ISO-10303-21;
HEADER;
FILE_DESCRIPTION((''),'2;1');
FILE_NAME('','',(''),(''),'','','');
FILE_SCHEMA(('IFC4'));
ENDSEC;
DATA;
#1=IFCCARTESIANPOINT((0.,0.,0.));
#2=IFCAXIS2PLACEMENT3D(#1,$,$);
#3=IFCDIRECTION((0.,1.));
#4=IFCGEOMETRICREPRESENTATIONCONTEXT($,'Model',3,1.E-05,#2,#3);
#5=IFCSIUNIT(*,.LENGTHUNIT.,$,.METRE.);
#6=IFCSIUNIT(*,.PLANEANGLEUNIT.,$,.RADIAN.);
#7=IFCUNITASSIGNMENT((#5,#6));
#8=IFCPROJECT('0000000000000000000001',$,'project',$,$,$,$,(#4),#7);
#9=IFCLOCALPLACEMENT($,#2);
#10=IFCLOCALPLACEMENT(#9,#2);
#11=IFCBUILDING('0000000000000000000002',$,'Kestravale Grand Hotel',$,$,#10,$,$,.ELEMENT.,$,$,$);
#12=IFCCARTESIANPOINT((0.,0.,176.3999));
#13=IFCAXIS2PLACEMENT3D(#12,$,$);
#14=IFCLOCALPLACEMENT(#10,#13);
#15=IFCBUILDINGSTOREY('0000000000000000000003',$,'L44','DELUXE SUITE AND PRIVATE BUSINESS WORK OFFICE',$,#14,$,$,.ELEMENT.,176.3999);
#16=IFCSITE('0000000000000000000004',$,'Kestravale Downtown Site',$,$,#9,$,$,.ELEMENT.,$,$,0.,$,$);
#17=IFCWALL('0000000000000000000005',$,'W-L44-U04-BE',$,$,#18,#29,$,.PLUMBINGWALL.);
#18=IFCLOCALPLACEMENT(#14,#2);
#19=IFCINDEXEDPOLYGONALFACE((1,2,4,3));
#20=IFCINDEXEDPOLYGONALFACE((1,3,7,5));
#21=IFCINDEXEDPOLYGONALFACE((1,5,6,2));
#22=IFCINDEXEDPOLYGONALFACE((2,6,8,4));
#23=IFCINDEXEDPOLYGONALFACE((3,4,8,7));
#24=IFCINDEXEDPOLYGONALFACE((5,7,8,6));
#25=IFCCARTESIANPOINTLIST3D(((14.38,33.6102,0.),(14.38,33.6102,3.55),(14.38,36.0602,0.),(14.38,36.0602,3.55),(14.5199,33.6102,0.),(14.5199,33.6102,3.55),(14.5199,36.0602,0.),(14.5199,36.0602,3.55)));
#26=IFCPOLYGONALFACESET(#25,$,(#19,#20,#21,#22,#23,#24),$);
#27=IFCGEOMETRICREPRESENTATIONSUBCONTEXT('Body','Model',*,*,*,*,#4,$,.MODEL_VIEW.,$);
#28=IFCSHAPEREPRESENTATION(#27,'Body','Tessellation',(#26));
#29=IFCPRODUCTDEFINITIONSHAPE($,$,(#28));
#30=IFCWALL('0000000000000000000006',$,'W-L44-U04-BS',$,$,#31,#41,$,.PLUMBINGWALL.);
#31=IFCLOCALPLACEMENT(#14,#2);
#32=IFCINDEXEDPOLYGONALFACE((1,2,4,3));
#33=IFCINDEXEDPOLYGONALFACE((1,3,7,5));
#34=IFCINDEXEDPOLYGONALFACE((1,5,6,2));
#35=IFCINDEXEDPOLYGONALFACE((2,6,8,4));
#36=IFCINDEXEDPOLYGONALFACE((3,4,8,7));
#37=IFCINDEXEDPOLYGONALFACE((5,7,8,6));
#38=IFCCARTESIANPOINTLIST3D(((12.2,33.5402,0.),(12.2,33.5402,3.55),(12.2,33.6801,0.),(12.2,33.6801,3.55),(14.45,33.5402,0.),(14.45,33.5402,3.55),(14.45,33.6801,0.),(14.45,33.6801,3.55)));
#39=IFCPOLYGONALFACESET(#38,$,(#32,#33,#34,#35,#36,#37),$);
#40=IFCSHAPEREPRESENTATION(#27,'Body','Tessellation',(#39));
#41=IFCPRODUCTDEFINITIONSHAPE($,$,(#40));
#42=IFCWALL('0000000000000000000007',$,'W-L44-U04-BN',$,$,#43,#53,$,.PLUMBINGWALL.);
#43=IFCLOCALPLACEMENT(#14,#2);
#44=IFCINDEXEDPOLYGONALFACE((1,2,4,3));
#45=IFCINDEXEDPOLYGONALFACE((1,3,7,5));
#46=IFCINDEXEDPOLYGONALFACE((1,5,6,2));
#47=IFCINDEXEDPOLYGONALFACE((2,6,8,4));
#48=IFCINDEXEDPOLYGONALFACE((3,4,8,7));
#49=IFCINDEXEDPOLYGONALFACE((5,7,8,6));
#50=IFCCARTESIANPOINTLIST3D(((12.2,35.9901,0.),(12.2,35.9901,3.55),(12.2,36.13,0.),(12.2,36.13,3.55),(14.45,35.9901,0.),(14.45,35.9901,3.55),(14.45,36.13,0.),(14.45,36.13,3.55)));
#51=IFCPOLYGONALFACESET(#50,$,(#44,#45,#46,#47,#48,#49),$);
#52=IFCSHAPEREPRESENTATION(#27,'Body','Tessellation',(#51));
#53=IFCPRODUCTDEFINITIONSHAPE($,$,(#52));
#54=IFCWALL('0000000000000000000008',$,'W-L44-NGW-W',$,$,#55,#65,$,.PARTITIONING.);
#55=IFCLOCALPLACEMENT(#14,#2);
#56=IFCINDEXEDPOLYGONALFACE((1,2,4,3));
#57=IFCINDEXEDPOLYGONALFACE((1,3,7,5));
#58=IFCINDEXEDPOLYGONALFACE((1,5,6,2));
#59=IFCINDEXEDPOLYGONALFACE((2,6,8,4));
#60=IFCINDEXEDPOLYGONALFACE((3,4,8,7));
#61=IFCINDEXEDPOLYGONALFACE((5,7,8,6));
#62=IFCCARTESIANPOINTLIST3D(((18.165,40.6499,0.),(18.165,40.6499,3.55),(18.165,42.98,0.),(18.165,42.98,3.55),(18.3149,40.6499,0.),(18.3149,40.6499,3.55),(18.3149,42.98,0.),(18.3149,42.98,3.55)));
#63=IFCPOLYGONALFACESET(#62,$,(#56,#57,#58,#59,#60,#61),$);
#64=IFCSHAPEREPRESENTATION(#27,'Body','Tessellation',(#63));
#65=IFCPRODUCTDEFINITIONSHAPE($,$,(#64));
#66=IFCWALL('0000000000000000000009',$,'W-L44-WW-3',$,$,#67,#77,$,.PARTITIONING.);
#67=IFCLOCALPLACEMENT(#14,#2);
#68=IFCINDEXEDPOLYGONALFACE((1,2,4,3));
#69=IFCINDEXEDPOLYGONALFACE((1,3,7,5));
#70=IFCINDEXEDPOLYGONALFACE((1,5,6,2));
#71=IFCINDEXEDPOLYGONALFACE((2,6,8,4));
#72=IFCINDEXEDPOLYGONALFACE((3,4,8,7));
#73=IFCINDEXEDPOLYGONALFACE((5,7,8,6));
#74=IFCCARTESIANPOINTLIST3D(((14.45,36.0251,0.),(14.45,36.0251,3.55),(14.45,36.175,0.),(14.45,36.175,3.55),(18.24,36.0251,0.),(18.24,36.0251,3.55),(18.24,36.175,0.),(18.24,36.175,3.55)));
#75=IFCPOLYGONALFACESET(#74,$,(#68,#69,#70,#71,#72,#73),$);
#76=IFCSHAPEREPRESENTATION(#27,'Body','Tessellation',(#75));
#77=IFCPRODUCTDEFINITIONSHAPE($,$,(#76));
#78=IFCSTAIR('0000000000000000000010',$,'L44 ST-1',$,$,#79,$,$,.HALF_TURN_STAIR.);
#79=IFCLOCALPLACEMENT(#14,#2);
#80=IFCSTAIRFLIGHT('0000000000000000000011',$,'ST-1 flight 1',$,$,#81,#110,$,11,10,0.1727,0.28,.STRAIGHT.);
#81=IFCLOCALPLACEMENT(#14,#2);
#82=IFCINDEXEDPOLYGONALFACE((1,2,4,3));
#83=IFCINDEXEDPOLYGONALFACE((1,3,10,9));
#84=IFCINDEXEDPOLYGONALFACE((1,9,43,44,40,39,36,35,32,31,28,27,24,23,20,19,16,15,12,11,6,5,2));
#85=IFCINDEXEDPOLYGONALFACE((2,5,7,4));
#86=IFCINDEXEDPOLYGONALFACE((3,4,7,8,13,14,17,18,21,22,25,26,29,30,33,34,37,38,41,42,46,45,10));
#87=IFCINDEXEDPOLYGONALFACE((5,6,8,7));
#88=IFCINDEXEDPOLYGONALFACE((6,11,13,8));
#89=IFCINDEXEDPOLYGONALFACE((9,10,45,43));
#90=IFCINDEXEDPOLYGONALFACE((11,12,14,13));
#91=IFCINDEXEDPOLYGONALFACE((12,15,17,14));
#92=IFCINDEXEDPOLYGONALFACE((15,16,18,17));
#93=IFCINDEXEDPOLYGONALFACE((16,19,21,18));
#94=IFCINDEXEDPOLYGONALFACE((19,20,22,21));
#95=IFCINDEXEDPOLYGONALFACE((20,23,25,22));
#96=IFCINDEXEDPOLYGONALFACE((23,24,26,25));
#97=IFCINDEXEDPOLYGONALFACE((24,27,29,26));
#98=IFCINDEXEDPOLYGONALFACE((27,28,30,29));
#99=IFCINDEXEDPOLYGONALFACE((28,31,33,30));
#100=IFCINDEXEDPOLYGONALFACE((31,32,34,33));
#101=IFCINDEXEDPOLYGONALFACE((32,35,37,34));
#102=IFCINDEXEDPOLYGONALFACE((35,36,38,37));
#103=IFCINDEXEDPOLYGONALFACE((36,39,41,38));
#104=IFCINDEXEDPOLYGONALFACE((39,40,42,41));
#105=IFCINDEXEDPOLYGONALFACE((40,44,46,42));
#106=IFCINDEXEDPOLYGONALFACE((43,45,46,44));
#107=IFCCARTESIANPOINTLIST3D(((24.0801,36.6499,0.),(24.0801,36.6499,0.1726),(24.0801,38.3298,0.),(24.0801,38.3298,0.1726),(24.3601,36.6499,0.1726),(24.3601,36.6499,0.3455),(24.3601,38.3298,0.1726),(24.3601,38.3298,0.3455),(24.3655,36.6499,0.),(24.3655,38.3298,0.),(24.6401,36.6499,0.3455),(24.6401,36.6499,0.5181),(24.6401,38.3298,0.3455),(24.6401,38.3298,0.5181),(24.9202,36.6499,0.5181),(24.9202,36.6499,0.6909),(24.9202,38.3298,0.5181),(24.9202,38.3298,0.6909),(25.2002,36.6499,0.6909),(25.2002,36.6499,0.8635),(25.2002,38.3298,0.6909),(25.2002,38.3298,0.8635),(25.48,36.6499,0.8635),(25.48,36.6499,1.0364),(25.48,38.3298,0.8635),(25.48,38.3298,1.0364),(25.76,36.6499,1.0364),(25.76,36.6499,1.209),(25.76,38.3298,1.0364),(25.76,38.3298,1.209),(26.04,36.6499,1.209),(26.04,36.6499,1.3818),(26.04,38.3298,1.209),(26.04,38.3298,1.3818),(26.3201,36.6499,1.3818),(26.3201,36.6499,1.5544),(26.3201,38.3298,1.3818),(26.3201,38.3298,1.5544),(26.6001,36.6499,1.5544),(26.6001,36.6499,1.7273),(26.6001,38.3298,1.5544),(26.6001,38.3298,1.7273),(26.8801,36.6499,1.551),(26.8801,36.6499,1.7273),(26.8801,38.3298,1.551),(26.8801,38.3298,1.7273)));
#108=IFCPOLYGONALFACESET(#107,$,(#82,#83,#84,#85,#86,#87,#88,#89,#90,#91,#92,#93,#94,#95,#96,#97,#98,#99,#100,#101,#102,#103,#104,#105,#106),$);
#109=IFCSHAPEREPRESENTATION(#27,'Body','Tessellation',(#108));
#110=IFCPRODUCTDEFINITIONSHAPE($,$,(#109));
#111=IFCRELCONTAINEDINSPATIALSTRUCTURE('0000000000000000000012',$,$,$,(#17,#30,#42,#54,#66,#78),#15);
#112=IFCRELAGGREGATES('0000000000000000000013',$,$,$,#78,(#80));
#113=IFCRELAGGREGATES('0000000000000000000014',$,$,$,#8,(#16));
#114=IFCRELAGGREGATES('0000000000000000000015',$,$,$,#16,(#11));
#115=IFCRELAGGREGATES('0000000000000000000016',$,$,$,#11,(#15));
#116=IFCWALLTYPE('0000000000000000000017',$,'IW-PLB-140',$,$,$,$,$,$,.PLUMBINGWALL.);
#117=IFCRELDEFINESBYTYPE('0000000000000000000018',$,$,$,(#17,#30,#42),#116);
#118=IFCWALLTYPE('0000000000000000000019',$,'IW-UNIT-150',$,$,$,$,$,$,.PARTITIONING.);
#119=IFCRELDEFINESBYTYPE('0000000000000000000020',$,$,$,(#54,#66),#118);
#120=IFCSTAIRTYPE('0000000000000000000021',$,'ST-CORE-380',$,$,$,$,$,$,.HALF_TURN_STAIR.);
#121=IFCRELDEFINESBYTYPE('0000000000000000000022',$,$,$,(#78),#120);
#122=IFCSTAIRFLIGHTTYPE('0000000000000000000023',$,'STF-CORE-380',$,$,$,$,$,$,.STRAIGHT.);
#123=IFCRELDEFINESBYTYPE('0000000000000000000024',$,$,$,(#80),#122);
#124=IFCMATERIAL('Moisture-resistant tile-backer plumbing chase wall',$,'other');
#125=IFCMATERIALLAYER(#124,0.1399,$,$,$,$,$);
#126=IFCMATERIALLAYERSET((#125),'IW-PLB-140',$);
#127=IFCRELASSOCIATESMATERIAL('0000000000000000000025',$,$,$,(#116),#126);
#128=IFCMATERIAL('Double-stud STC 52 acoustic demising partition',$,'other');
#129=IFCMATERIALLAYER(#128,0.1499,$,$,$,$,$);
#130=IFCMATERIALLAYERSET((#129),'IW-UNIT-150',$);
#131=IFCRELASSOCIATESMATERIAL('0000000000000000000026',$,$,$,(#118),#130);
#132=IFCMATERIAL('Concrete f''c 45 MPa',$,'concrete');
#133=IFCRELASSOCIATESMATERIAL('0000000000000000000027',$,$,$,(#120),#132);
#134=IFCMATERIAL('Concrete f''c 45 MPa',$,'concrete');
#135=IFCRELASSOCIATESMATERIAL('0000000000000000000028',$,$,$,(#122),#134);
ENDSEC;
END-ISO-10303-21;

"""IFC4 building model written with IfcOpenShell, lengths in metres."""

from ifc_helpers import new_model, si_unit, direction, frame, frame_2d, origin, place, context, subcontext, project, spatial, polyline, rectangle, outline, extrude, material, layer, layer_set, type_object, element, aggregate, save


model = new_model("IFC4")

# Units and contexts
model_context = context("Model", 3, precision=1e-05, world=origin(), true_north=direction((0.0, 1.0)))
body_context = subcontext(model_context, "Body", "Model", "MODEL_VIEW")
ifc_project = project(units=[si_unit("LENGTHUNIT", "METRE"), si_unit("PLANEANGLEUNIT", "RADIAN")], contexts=[model_context])

# Site, building, storey
site_placement = place(None, origin())
site = spatial("IfcSite", under=ifc_project, at=site_placement, Name="Kestravale Downtown Site", CompositionType="ELEMENT", RefElevation=0.0)
building_placement = place(site_placement, origin())
building = spatial("IfcBuilding", under=site, at=building_placement, Name="Kestravale Grand Hotel", CompositionType="ELEMENT")
storey_placement = place(building_placement, frame((0.0, 0.0, 176.3999)))
storey = spatial("IfcBuildingStorey", under=building, at=storey_placement, Name="L44", Description="DELUXE SUITE AND PRIVATE BUSINESS WORK OFFICE", CompositionType="ELEMENT", Elevation=176.3999)

# Walls
ifc_material_1 = material(Name="Moisture-resistant tile-backer plumbing chase wall", Category="other")
ifc_layer_1 = layer(ifc_material_1, 0.1399)
ifc_layer_set_1 = layer_set([ifc_layer_1], Name="IW-PLB-140")
wall_type_1 = type_object("IfcWallType", Name="IW-PLB-140", PredefinedType="PLUMBINGWALL", material=ifc_layer_set_1)
wall_1_placement = place(storey_placement, frame((14.45, 33.6101, 0.0), z_axis=(0.0, 0.0, 1.0), x_axis=(0.0, 1.0, 0.0)))
element("IfcWall", 1, at=wall_1_placement, inside=storey, type_object=wall_type_1, Name="W-L44-U04-BE", PredefinedType="PLUMBINGWALL", context=body_context, shape_type="SweptSolid", body=[
    extrude(rectangle(XDim=2.45, YDim=0.1399, at=frame_2d((1.2251, 0.0))), origin(), (0.0, 0.0, 1.0), 3.55),
])
for number, where, z_axis, x_axis, name in (
    (2, (12.2, 33.6101, 0.0), (0.0, 0.0, 1.0), (1.0, 0.0, 0.0), "W-L44-U04-BS"),
    (3, (12.2, 36.0601, 0.0), (0.0, 0.0, 1.0), (1.0, 0.0, 0.0), "W-L44-U04-BN"),
):
    element("IfcWall", number, at=place(storey_placement, frame(where, z_axis=z_axis, x_axis=x_axis)), inside=storey, type_object=wall_type_1, Name=name, PredefinedType="PLUMBINGWALL", context=body_context, shape_type="SweptSolid", body=[
        extrude(rectangle(XDim=2.25, YDim=0.1399, at=frame_2d((1.125, 0.0))), origin(), (0.0, 0.0, 1.0), 3.55),
    ])

# Shared definitions
ifc_material_2 = material(Name="Double-stud STC 52 acoustic demising partition", Category="other")
ifc_layer_2 = layer(ifc_material_2, 0.1499)
ifc_layer_set_2 = layer_set([ifc_layer_2], Name="IW-UNIT-150")
wall_type_2 = type_object("IfcWallType", Name="IW-UNIT-150", PredefinedType="PARTITIONING", material=ifc_layer_set_2)

# Walls
wall_2_placement = place(storey_placement, frame((18.24, 40.6499, 0.0), z_axis=(0.0, 0.0, 1.0), x_axis=(0.0, 1.0, 0.0)))
element("IfcWall", 4, at=wall_2_placement, inside=storey, type_object=wall_type_2, Name="W-L44-NGW-W", PredefinedType="PARTITIONING", context=body_context, shape_type="SweptSolid", body=[
    extrude(rectangle(XDim=2.3301, YDim=0.1499, at=frame_2d((1.165, 0.0))), origin(), (0.0, 0.0, 1.0), 3.55),
])
wall_3_placement = place(storey_placement, frame((14.45, 36.1001, 0.0), z_axis=(0.0, 0.0, 1.0), x_axis=(1.0, 0.0, 0.0)))
element("IfcWall", 5, at=wall_3_placement, inside=storey, type_object=wall_type_2, Name="W-L44-WW-3", PredefinedType="PARTITIONING", context=body_context, shape_type="SweptSolid", body=[
    extrude(rectangle(XDim=3.79, YDim=0.1499, at=frame_2d((1.895, 0.0))), origin(), (0.0, 0.0, 1.0), 3.55),
])

# Stair, stair flight
ifc_material_3 = material(Name="Concrete f'c 45 MPa", Category="concrete")
stair_type = type_object("IfcStairType", Name="ST-CORE-380", PredefinedType="HALF_TURN_STAIR", material=ifc_material_3)
stair_placement = place(storey_placement, origin())
stair = element("IfcStair", 6, at=stair_placement, inside=storey, type_object=stair_type, Name="L44 ST-1", PredefinedType="HALF_TURN_STAIR")
ifc_material_4 = material(Name="Concrete f'c 45 MPa", Category="concrete")
stair_flight_type = type_object("IfcStairFlightType", Name="STF-CORE-380", PredefinedType="STRAIGHT", material=ifc_material_4)
stair_flight_placement = place(storey_placement, frame((24.0801, 37.49, 0.0), z_axis=(0.0, 0.0, 1.0), x_axis=(1.0, 0.0, 0.0)))
stair_flight = element("IfcStairFlight", 7, at=stair_flight_placement, type_object=stair_flight_type, Name="ST-1 flight 1", NumberOfRisers=11, NumberOfTreads=10, PredefinedType="STRAIGHT", RiserHeight=0.1727, TreadLength=0.28, context=body_context, shape_type="SweptSolid", body=[
    extrude(outline(polyline([(0.0, 0.0), (0.0, 0.1726), (0.28, 0.1726), (0.28, 0.3455), (0.5601, 0.3455), (0.5601, 0.5181), (0.8401, 0.5181), (0.8401, 0.6909), (1.1201, 0.6909), (1.1201, 0.8635), (1.3999, 0.8635), (1.3999, 1.0364), (1.6799, 1.0364), (1.6799, 1.209), (1.96, 1.209), (1.96, 1.3818), (2.24, 1.3818), (2.24, 1.5544), (2.52, 1.5544), (2.52, 1.7273), (2.8, 1.7273), (2.8, 1.8999), (2.8, 1.551), (0.2854, 0.0), (0.0, 0.0)])), frame((0.0, 0.8398, 0.0), z_axis=(0.0, -1.0, 0.0), x_axis=(1.0, 0.0, 0.0)), (0.0, 0.0, 1.0), 1.6799),
])
aggregate(stair, [stair_flight])

save(model, "model.ifc")
